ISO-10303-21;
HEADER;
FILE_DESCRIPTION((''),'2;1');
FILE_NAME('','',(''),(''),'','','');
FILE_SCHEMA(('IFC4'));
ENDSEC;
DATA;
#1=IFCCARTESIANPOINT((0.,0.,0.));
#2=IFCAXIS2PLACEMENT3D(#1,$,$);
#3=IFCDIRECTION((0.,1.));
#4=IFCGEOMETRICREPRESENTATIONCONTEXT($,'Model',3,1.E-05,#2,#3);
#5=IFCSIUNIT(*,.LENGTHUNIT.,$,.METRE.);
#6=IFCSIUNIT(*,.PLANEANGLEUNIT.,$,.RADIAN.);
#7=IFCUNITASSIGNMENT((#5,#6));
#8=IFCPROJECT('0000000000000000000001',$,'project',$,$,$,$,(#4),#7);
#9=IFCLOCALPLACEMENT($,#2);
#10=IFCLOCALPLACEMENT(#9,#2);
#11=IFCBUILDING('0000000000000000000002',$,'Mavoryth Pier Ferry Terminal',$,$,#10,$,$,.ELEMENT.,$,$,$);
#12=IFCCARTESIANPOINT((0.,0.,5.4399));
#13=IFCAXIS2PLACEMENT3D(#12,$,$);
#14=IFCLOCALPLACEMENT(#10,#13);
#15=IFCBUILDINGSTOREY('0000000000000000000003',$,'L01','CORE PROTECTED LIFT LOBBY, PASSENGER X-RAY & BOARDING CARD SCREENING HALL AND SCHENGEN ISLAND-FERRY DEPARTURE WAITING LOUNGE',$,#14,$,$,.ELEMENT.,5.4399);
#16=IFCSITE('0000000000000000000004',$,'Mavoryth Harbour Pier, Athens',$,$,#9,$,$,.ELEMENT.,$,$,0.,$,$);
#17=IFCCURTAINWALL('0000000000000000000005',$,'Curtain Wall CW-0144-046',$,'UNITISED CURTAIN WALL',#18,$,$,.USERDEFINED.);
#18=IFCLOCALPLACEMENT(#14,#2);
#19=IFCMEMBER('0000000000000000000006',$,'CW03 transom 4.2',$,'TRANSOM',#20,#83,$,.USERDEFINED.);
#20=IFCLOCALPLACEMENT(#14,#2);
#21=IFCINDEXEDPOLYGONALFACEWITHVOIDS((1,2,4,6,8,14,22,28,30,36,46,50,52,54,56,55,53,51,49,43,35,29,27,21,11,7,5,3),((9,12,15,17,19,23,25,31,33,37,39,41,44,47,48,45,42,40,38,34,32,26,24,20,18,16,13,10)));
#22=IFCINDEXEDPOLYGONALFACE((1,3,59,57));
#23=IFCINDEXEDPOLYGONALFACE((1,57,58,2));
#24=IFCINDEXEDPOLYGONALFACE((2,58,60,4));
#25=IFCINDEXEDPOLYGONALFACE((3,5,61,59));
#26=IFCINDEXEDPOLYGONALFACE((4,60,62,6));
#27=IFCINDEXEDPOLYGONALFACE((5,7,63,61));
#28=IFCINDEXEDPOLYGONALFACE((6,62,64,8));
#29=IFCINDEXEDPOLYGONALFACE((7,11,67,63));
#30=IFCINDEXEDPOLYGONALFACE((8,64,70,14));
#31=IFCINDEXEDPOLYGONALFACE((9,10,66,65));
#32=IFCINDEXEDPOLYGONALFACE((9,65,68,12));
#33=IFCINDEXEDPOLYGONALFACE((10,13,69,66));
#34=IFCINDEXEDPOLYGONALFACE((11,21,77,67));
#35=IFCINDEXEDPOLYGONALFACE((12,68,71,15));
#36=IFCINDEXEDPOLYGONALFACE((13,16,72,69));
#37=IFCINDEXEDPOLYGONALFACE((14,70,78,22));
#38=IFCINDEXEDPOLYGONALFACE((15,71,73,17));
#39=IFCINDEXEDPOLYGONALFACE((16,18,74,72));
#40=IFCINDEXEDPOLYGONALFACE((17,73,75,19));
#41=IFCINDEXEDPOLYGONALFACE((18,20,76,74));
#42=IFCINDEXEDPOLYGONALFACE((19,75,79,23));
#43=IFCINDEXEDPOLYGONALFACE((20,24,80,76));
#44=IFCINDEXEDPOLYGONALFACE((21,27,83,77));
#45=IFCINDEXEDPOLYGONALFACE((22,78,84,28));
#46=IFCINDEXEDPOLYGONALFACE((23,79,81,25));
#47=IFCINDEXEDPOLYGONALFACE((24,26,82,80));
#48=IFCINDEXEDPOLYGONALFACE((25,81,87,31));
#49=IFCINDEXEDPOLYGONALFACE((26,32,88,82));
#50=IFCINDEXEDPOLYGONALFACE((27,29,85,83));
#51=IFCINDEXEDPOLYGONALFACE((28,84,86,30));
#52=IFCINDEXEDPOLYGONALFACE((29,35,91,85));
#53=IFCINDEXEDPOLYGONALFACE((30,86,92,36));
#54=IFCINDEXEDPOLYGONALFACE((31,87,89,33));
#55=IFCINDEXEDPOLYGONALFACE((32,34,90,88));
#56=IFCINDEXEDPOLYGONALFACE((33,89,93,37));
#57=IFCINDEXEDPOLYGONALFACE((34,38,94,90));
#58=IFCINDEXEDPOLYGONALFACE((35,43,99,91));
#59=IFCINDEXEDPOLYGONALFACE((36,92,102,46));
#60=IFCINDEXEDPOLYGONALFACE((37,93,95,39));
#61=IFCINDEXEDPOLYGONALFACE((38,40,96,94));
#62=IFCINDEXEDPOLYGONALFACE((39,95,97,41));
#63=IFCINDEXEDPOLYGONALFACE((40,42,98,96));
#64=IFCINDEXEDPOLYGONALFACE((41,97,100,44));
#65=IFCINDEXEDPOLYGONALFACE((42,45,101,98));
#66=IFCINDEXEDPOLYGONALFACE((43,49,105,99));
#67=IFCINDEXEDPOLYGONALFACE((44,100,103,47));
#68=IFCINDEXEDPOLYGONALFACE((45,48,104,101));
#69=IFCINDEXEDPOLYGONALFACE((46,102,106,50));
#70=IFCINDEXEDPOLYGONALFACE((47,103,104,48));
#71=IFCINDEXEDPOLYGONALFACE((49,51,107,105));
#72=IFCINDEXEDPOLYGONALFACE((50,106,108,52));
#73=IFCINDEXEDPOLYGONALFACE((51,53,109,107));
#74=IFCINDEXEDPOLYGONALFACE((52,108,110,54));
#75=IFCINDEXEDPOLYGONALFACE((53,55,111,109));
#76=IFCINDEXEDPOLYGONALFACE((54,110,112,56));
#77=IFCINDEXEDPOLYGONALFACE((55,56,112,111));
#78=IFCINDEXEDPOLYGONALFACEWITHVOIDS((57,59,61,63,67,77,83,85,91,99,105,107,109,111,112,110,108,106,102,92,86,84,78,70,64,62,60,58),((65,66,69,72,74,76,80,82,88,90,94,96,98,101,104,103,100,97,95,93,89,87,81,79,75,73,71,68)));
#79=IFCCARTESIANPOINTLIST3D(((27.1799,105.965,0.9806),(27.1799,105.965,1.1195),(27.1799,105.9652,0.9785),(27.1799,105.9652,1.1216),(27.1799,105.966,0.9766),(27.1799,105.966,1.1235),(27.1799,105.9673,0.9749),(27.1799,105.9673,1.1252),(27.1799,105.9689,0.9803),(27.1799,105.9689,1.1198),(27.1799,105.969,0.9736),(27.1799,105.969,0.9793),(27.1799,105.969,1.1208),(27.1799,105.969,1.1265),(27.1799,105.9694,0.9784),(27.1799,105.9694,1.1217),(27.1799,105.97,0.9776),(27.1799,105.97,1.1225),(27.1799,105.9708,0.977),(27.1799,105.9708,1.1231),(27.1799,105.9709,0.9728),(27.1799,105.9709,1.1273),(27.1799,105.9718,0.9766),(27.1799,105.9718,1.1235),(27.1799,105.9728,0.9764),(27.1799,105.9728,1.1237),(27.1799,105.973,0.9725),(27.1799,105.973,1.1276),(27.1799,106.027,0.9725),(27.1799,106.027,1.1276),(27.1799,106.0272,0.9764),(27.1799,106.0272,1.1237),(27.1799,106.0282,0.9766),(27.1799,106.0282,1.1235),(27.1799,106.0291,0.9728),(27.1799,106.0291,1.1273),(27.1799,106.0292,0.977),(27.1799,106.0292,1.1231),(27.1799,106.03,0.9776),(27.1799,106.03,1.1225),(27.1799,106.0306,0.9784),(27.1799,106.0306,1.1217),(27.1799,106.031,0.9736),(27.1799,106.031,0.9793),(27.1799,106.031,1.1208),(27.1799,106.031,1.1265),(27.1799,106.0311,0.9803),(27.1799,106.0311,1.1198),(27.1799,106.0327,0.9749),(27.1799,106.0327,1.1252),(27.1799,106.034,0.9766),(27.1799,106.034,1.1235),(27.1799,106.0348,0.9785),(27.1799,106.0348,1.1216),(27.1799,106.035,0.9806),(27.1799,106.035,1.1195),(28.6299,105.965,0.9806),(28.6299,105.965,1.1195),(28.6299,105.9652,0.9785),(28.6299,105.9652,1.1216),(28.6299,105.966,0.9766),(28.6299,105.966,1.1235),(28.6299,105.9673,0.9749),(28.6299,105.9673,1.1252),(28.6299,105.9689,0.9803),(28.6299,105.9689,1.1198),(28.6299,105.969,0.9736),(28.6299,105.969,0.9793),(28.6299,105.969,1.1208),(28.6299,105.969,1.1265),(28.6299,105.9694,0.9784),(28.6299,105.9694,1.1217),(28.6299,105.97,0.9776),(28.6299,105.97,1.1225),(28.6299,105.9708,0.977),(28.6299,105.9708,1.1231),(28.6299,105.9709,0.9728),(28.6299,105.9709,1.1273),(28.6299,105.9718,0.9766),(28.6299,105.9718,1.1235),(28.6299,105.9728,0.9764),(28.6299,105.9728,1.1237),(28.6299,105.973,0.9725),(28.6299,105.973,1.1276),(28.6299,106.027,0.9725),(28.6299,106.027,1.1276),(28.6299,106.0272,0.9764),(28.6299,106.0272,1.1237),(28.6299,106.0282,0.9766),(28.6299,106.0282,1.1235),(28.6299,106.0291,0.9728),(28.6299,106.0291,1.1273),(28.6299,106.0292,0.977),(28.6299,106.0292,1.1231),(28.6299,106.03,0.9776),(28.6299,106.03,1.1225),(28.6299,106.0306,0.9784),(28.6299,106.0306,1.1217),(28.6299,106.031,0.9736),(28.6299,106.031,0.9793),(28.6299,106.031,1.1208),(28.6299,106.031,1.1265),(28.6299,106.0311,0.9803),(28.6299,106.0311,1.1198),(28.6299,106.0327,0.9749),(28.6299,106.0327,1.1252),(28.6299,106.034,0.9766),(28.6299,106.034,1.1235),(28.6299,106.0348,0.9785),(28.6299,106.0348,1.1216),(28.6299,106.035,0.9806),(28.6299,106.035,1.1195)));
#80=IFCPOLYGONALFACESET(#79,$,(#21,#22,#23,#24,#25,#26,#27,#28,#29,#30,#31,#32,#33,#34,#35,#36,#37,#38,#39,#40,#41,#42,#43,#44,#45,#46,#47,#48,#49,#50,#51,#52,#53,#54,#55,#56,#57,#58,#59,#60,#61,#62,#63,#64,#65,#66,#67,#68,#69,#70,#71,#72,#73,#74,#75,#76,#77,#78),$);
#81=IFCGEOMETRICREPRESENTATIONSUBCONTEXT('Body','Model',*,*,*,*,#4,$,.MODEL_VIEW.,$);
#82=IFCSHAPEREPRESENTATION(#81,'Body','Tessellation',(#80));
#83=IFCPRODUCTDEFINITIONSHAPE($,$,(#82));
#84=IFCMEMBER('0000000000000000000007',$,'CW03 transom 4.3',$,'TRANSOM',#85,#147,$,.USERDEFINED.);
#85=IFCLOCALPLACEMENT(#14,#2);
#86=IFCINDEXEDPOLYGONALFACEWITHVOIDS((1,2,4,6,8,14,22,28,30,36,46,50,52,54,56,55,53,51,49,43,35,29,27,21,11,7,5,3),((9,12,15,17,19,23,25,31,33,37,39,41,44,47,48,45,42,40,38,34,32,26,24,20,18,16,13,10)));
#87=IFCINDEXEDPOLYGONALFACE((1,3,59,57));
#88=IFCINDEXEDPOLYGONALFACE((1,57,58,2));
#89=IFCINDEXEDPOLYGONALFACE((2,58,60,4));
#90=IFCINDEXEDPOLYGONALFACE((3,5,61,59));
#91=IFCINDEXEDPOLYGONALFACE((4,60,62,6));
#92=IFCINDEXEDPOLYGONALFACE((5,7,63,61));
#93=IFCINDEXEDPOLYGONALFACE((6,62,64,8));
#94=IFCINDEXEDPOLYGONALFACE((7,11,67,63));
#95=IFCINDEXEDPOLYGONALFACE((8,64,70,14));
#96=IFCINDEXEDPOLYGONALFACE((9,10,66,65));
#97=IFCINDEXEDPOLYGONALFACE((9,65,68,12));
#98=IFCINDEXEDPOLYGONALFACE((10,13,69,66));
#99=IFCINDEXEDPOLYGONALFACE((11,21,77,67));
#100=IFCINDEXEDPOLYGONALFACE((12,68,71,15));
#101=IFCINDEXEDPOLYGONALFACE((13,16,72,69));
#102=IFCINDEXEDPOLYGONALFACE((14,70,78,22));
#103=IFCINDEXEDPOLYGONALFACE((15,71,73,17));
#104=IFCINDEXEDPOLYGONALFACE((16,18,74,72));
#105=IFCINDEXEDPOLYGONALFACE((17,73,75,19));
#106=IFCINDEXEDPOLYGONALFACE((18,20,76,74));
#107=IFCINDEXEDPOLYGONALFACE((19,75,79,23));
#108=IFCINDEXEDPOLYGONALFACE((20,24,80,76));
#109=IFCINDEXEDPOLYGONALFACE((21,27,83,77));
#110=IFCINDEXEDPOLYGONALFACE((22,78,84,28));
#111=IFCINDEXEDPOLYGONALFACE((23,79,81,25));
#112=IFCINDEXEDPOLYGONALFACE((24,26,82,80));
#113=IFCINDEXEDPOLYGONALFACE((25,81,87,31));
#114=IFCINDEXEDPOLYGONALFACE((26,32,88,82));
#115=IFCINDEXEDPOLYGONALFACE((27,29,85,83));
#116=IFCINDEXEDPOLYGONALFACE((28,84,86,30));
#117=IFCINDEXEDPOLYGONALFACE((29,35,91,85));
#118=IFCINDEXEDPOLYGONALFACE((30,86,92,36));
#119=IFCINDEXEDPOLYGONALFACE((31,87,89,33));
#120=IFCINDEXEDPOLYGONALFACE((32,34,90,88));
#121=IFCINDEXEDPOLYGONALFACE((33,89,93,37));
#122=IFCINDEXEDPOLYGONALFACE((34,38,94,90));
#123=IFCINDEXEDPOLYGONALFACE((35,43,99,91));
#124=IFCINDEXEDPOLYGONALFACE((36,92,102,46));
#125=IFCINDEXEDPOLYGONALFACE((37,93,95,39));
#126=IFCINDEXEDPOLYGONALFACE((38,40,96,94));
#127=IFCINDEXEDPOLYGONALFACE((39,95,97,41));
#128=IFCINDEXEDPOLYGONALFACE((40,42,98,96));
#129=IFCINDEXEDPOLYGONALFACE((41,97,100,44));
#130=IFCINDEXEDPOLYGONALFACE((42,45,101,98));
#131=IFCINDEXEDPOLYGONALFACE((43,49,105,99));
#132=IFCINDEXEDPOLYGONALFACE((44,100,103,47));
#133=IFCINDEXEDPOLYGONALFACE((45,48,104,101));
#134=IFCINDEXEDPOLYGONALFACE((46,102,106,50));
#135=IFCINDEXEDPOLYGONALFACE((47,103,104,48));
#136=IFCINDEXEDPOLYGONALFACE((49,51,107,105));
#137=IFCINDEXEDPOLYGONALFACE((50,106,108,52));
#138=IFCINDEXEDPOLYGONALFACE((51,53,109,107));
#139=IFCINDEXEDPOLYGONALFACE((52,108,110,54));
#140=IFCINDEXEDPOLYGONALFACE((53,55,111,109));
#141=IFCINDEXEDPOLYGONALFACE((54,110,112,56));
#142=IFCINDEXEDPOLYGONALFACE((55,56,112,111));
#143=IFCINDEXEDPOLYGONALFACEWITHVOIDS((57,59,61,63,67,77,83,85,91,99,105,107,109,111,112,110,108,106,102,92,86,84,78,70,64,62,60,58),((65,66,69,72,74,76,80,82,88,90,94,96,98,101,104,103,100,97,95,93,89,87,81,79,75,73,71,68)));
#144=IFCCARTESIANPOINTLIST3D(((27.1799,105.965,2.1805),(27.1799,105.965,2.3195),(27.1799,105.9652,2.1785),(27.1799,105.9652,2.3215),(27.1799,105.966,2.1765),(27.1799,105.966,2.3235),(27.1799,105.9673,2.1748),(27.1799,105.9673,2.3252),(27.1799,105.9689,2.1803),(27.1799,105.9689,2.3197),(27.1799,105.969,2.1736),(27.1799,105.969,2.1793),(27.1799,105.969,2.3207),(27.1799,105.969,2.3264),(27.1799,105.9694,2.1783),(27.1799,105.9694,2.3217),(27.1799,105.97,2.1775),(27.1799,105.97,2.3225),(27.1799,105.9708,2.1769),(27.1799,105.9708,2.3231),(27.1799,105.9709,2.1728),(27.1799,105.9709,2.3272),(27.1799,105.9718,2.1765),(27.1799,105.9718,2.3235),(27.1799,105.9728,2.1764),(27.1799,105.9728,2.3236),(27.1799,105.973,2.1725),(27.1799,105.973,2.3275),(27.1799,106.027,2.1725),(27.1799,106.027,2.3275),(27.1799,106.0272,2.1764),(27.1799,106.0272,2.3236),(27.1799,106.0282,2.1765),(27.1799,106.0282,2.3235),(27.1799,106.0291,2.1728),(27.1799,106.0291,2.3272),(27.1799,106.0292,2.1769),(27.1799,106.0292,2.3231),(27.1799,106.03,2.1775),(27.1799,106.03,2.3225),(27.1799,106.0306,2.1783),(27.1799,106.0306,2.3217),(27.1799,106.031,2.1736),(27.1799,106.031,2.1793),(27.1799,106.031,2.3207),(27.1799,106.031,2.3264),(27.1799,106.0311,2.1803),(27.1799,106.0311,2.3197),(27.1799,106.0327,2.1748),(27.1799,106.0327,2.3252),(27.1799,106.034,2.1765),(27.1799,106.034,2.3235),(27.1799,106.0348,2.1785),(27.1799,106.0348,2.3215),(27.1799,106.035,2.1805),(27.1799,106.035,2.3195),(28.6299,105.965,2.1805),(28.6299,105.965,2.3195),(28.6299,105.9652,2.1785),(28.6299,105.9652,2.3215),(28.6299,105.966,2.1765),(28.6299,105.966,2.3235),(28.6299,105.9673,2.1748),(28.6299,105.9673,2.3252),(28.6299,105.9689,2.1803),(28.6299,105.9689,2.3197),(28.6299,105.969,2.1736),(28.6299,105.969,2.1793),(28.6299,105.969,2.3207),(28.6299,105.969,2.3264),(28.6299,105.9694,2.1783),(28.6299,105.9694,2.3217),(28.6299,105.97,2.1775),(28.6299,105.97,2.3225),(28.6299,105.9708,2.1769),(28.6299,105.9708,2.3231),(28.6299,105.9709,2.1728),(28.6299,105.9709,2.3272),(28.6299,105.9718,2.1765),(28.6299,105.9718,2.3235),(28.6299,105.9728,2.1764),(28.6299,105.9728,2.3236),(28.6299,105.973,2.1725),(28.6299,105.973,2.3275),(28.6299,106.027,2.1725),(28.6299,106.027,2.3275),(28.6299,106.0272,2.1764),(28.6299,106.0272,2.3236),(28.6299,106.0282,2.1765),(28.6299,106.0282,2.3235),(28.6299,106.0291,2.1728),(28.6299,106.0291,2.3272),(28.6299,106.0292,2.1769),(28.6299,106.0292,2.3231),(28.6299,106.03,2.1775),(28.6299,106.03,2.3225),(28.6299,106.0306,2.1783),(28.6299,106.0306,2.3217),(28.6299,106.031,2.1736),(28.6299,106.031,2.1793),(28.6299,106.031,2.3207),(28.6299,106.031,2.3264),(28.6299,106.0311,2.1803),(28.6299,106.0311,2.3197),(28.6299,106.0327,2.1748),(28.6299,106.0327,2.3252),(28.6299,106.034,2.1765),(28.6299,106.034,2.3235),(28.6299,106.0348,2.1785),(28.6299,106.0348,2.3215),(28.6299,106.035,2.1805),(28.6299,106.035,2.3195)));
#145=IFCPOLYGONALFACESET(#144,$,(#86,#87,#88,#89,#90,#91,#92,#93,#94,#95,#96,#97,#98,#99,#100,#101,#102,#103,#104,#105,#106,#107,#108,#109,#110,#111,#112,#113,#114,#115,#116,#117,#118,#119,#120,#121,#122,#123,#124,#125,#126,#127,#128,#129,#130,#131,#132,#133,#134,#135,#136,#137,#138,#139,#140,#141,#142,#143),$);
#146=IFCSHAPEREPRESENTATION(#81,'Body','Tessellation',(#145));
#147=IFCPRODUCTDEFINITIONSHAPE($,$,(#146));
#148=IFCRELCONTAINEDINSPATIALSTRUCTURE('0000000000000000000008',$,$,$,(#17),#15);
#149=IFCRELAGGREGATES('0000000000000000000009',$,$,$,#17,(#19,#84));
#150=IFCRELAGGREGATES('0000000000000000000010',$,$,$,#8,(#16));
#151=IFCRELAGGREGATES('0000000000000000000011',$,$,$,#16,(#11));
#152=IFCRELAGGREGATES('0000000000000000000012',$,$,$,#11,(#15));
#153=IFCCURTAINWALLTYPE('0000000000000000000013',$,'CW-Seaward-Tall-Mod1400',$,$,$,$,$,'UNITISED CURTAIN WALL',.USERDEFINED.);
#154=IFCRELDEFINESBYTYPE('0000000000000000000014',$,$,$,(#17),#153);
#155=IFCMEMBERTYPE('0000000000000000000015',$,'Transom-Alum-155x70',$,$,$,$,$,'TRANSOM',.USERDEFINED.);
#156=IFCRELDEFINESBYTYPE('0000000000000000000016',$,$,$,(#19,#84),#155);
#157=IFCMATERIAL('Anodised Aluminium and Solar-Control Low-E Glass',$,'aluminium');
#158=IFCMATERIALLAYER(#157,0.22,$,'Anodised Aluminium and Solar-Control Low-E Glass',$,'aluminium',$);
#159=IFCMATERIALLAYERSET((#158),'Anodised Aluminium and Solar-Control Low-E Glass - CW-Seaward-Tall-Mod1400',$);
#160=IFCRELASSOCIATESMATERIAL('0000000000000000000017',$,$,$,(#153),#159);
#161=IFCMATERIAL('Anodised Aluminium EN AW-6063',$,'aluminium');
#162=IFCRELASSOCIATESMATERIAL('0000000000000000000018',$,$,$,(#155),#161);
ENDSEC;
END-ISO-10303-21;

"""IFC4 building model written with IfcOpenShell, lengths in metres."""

from ifc_helpers import new_model, si_unit, direction, frame, origin, origin_2d, place, context, subcontext, project, spatial, hollow_rectangle, extrude, material, layer, layer_set, material_profile, profile_set, type_object, element, aggregate, save


model = new_model("IFC4")

# Units and contexts
model_context = context("Model", 3, precision=1e-05, world=origin(), true_north=direction((0.0, 1.0)))
body_context = subcontext(model_context, "Body", "Model", "MODEL_VIEW")
ifc_project = project(units=[si_unit("LENGTHUNIT", "METRE"), si_unit("PLANEANGLEUNIT", "RADIAN")], contexts=[model_context])

# Site, building, storey
site_placement = place(None, origin())
site = spatial("IfcSite", under=ifc_project, at=site_placement, Name="Mavoryth Harbour Pier, Athens", CompositionType="ELEMENT", RefElevation=0.0)
building_placement = place(site_placement, origin())
building = spatial("IfcBuilding", under=site, at=building_placement, Name="Mavoryth Pier Ferry Terminal", CompositionType="ELEMENT")
storey_placement = place(building_placement, frame((0.0, 0.0, 5.4399)))
storey = spatial("IfcBuildingStorey", under=building, at=storey_placement, Name="L01", Description="CORE PROTECTED LIFT LOBBY, PASSENGER X-RAY & BOARDING CARD SCREENING HALL AND SCHENGEN ISLAND-FERRY DEPARTURE WAITING LOUNGE", CompositionType="ELEMENT", Elevation=5.4399)

# Curtain wall
ifc_material_1 = material(Name="Anodised Aluminium and Solar-Control Low-E Glass", Category="aluminium")
ifc_layer_1 = layer(ifc_material_1, 0.22, Name="Anodised Aluminium and Solar-Control Low-E Glass", Category="aluminium")
ifc_layer_set_1 = layer_set([ifc_layer_1], Name="Anodised Aluminium and Solar-Control Low-E Glass - CW-Seaward-Tall-Mod1400")
curtain_wall_type = type_object("IfcCurtainWallType", Name="CW-Seaward-Tall-Mod1400", ElementType="UNITISED CURTAIN WALL", PredefinedType="USERDEFINED", material=ifc_layer_set_1)
ifc_material_2 = material(Name="Anodised Aluminium EN AW-6063", Category="aluminium")
curtain_wall_1_placement = place(storey_placement, origin())
curtain_wall_1 = element("IfcCurtainWall", 1, at=curtain_wall_1_placement, inside=storey, type_object=curtain_wall_type, Name="Curtain Wall CW-0144-046", ObjectType="UNITISED CURTAIN WALL", PredefinedType="USERDEFINED")

# Members
ifc_material_profile_1 = material_profile(ifc_material_2, hollow_rectangle(XDim=0.0701, YDim=0.155, WallThickness=0.0039, InnerFilletRadius=0.0039, OuterFilletRadius=0.0081, at=origin_2d()), Name="AL-TRAN 155x70x4", Category="aluminium")
ifc_profile_set_1 = profile_set([ifc_material_profile_1], Name="Anodised Aluminium EN AW-6063 - AL-TRAN 155x70x4")
member_type_1 = type_object("IfcMemberType", Name="Transom-Alum-155x70", ElementType="TRANSOM", PredefinedType="USERDEFINED", material=ifc_profile_set_1)
member_1_placement = place(storey_placement, frame((28.6299, 106.0, 1.05), z_axis=(-1.0, 0.0, 0.0), x_axis=(0.0, -1.0, 0.0)))
member_1 = element("IfcMember", 2, at=member_1_placement, type_object=member_type_1, Name="CW03 transom 4.2", ObjectType="TRANSOM", PredefinedType="USERDEFINED", context=body_context, shape_type="SweptSolid", body=[
    extrude(hollow_rectangle(XDim=0.0701, YDim=0.155, WallThickness=0.0039, InnerFilletRadius=0.0039, OuterFilletRadius=0.0081, at=origin_2d()), origin(), (0.0, 0.0, 1.0), 1.45),
])
member_2_placement = place(storey_placement, frame((28.6299, 106.0, 2.25), z_axis=(-1.0, 0.0, 0.0), x_axis=(0.0, -1.0, 0.0)))
member_2 = element("IfcMember", 3, at=member_2_placement, type_object=member_type_1, Name="CW03 transom 4.3", ObjectType="TRANSOM", PredefinedType="USERDEFINED", context=body_context, shape_type="SweptSolid", body=[
    extrude(hollow_rectangle(XDim=0.0701, YDim=0.155, WallThickness=0.0039, InnerFilletRadius=0.0039, OuterFilletRadius=0.0081, at=origin_2d()), origin(), (0.0, 0.0, 1.0), 1.45),
])

aggregate(curtain_wall_1, [member_1, member_2])

save(model, "model.ifc")
